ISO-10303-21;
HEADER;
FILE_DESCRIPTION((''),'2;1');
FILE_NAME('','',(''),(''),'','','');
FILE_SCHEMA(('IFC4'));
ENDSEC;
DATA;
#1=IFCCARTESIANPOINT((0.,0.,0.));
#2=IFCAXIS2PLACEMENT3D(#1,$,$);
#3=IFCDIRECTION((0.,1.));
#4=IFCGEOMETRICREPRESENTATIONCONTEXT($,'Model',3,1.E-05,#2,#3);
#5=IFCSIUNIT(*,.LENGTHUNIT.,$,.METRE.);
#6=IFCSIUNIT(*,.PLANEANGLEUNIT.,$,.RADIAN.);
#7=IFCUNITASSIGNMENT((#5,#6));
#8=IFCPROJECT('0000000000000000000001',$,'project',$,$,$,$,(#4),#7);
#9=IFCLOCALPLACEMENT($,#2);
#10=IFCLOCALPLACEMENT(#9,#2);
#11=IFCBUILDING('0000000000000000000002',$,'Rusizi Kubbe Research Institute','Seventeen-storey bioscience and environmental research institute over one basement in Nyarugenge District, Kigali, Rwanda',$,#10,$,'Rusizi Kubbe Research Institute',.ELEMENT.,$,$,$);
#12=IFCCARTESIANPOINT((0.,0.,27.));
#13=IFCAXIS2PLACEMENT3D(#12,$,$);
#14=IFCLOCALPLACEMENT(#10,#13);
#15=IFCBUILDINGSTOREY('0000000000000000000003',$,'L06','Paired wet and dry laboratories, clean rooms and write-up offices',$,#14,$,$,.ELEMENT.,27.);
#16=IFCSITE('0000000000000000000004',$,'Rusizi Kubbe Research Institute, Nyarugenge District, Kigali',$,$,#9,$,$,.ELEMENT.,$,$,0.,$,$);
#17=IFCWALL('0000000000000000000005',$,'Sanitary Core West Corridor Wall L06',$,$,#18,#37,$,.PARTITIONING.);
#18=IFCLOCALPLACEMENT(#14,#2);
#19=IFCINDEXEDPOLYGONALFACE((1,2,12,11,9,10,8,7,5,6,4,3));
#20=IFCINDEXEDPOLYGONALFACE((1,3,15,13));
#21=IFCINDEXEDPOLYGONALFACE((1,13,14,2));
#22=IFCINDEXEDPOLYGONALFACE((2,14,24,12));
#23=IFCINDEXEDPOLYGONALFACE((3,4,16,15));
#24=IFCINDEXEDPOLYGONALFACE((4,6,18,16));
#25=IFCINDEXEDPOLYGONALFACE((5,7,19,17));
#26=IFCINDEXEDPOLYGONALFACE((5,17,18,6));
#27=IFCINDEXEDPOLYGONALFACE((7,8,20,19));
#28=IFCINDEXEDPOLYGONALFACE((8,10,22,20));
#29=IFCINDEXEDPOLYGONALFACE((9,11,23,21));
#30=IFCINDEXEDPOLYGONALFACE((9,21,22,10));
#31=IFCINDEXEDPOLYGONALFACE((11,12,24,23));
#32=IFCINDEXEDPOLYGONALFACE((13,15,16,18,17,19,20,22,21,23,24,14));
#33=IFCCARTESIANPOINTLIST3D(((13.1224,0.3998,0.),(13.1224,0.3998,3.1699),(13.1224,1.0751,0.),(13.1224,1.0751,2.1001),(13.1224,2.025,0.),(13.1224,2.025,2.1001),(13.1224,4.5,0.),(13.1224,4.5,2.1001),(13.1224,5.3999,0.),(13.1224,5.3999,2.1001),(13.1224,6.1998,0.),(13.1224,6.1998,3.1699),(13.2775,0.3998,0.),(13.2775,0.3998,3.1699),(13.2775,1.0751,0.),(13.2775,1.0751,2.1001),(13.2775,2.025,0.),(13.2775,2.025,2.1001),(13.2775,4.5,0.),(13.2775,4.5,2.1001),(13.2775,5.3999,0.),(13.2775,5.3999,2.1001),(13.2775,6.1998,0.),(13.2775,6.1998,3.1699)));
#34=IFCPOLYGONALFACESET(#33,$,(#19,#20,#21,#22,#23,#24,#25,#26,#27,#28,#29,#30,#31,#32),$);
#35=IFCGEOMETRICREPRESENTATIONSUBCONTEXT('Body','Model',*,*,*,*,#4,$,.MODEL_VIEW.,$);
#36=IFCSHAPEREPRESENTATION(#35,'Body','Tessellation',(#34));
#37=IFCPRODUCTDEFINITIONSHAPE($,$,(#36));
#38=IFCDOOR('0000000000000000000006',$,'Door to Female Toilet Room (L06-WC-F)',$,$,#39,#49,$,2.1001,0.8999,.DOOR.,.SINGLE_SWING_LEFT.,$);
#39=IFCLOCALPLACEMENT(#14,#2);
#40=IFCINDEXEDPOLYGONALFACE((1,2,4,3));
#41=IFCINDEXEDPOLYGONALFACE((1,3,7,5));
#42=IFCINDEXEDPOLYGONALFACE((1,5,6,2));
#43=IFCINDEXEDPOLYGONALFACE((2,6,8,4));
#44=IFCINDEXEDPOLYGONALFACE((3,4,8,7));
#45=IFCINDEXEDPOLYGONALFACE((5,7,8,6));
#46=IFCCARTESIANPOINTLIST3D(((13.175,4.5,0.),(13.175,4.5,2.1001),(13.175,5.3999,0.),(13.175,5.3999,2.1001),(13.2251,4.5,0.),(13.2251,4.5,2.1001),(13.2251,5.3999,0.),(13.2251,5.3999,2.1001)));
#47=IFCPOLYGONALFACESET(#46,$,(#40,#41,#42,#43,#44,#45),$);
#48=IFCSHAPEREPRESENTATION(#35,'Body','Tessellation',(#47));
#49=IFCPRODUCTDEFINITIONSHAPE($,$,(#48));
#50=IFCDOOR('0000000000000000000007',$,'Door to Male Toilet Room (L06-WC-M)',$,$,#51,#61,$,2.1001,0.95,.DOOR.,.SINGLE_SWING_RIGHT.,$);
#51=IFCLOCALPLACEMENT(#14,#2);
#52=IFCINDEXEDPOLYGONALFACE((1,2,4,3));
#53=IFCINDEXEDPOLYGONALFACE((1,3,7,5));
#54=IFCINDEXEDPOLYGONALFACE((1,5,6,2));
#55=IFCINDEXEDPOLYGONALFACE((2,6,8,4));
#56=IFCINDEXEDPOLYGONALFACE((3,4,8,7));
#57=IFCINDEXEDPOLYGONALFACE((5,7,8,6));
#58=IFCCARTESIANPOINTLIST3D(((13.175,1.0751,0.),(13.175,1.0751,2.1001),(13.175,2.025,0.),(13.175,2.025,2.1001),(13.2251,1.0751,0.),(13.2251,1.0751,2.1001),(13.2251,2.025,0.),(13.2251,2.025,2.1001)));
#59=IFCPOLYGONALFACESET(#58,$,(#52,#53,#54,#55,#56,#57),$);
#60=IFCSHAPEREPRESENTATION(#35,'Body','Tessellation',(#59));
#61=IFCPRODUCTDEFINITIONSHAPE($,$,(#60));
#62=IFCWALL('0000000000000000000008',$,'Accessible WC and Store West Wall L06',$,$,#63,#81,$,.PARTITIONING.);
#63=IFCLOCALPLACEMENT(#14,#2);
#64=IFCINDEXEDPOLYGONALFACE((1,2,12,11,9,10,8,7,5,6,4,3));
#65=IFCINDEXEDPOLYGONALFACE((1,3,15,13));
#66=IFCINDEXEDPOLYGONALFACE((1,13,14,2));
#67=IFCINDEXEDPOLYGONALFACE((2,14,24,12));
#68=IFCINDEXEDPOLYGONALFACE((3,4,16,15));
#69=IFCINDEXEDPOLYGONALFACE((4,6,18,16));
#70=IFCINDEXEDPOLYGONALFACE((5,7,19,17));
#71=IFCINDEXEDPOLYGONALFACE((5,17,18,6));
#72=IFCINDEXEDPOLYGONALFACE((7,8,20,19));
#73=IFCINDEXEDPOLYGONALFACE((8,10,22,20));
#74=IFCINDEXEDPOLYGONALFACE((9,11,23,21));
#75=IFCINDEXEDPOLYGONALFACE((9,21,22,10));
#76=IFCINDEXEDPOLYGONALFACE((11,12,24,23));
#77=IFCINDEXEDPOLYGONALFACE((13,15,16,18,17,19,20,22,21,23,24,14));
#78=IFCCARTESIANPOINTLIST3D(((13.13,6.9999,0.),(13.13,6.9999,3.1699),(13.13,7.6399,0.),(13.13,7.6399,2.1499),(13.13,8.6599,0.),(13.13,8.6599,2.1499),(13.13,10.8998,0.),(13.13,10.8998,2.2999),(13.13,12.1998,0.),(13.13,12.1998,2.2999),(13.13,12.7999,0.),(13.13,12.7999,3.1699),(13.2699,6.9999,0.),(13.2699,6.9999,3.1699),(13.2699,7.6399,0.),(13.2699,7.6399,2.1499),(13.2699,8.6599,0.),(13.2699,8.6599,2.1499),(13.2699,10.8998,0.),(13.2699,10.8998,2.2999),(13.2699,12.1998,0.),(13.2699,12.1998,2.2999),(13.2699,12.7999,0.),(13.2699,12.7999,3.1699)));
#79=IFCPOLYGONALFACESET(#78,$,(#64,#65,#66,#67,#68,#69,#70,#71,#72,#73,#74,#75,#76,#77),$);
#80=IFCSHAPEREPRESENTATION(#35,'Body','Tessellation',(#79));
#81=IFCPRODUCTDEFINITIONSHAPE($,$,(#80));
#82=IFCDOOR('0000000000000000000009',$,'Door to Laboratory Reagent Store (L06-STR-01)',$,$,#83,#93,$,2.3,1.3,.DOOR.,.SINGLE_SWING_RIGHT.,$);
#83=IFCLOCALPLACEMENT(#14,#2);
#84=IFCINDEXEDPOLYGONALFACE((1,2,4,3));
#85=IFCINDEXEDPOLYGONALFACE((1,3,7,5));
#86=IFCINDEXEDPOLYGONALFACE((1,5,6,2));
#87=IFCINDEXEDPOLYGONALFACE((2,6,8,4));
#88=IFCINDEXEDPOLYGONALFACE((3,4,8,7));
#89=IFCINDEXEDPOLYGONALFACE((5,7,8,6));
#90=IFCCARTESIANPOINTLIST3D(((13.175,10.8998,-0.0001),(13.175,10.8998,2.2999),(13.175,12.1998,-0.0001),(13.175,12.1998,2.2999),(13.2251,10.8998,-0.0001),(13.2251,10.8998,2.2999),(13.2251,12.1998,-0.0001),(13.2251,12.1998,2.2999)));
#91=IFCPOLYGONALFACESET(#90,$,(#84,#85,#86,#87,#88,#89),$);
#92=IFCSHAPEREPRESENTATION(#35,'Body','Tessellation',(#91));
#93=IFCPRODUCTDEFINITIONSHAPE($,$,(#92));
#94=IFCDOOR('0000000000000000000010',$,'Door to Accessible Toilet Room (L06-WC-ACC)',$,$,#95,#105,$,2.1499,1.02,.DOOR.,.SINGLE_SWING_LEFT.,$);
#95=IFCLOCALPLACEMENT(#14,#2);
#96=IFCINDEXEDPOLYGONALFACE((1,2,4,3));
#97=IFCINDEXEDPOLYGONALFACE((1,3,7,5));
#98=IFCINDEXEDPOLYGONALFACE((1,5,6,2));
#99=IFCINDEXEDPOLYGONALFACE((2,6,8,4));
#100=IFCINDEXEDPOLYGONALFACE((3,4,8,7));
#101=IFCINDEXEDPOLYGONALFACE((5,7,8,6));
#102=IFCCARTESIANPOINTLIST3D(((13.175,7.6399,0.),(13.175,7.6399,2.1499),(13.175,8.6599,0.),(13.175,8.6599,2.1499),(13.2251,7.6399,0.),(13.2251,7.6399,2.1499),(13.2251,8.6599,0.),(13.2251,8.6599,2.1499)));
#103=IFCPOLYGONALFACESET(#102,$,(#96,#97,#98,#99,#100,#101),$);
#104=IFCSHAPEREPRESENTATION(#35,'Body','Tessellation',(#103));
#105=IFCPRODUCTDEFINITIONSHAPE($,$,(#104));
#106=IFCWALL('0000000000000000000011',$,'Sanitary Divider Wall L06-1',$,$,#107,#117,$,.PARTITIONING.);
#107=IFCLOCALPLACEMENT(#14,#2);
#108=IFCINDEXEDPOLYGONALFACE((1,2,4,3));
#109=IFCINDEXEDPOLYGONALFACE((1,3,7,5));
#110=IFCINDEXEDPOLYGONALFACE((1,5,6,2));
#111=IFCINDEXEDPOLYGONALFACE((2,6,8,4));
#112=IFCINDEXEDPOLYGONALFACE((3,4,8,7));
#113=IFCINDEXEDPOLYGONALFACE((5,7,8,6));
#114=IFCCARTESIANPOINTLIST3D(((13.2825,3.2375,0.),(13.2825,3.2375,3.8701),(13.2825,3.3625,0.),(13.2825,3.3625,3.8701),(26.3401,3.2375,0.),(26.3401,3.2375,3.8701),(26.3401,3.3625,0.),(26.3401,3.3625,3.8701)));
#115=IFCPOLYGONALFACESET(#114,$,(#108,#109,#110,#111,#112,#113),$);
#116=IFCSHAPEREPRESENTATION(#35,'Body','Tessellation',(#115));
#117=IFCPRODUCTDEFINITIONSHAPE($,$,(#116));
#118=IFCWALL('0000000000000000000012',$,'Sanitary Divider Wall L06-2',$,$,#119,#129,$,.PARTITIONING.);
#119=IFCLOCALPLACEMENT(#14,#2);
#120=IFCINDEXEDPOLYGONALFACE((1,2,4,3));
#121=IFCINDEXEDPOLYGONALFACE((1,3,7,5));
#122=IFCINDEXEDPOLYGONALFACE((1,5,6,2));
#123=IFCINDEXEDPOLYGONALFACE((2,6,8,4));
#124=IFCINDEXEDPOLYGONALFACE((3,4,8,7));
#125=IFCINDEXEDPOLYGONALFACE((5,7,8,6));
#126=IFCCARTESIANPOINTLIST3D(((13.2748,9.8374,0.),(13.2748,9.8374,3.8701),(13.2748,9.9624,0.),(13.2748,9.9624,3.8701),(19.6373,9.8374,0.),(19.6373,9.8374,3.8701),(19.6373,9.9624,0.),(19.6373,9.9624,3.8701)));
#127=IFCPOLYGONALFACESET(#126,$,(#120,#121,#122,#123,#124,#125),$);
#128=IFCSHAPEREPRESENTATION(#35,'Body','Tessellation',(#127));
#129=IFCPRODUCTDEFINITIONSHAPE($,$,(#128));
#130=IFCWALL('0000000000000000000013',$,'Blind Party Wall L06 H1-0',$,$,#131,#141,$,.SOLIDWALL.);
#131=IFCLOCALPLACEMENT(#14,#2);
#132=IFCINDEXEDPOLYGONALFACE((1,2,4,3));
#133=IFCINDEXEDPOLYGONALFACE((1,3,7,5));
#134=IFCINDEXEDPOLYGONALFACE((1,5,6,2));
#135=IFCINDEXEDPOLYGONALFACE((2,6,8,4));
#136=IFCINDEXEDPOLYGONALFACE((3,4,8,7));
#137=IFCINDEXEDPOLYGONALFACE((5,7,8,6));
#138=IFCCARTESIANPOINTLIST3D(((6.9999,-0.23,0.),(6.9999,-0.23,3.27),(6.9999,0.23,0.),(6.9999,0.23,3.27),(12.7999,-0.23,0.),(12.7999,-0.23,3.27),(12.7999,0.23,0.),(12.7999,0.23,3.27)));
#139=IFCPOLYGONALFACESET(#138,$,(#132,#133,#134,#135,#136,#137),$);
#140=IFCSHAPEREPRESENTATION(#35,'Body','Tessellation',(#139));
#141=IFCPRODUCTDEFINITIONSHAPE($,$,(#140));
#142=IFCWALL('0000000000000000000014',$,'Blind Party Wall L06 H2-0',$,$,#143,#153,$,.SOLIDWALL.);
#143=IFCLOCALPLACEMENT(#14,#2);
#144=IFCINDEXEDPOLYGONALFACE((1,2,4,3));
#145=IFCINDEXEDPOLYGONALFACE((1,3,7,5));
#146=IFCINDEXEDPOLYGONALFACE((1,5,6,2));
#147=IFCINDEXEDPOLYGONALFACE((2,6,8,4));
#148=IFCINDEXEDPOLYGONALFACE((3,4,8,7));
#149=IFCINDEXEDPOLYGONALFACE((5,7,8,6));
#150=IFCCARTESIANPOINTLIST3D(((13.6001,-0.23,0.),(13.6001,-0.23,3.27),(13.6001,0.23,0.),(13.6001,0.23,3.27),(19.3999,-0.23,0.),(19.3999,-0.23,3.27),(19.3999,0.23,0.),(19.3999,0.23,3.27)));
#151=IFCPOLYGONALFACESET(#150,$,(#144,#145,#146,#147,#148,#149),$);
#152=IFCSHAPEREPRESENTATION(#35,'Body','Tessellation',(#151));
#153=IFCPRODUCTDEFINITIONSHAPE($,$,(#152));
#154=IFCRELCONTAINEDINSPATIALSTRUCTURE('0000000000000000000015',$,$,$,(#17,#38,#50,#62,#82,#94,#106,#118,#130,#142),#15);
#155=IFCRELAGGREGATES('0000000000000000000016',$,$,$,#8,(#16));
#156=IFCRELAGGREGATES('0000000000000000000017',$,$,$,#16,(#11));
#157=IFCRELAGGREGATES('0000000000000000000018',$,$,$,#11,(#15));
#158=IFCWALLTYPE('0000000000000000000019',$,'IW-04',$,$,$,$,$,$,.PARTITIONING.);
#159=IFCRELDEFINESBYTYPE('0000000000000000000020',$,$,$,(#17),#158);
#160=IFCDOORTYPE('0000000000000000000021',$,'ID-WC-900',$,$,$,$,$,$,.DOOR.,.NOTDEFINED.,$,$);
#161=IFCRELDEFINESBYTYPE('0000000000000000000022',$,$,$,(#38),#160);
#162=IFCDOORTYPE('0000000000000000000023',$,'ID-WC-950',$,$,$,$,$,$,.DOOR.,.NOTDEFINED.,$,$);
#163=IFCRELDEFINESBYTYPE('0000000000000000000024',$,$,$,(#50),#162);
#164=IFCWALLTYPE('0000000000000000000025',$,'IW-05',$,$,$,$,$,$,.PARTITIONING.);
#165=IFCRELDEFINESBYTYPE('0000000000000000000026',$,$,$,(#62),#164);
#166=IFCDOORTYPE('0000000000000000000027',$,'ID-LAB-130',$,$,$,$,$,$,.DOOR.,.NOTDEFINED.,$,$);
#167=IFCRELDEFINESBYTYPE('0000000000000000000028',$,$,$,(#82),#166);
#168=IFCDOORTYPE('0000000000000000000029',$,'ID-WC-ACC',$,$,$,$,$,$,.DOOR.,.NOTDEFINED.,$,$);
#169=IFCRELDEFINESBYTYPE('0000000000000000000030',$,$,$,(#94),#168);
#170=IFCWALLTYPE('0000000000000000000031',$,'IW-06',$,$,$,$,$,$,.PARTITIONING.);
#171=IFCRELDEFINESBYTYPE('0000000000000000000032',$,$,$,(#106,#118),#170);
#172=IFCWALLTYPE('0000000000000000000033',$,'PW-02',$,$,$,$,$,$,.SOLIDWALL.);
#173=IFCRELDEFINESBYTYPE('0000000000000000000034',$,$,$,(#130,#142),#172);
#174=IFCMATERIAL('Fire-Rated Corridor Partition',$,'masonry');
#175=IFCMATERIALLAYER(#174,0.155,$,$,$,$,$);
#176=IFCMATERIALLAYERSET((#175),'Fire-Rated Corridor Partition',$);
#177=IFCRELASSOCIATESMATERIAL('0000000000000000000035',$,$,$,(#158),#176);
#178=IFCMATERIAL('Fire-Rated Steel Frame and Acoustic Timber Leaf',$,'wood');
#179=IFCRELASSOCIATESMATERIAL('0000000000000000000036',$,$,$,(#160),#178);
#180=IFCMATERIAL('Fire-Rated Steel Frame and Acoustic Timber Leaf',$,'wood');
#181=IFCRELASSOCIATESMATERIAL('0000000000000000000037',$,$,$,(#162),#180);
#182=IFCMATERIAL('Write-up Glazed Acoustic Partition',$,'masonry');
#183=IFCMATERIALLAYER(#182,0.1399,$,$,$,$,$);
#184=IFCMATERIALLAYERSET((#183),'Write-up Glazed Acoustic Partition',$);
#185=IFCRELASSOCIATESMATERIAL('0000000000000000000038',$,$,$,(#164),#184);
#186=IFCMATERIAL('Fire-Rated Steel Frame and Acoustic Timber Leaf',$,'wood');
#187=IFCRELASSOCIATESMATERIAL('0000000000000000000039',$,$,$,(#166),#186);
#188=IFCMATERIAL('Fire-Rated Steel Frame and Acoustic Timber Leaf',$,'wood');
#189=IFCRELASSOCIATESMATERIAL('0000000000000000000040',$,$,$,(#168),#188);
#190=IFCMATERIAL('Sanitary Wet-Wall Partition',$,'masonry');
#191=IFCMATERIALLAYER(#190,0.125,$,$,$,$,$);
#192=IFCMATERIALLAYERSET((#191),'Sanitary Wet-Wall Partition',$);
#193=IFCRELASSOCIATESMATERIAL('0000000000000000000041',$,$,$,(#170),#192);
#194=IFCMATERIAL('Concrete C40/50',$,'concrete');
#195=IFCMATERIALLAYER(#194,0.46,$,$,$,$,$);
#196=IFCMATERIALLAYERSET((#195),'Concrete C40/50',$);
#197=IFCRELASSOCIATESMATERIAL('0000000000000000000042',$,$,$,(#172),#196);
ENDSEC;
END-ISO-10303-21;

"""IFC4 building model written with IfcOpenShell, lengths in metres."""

from ifc_helpers import new_model, si_unit, direction, frame, frame_2d, origin, place, context, subcontext, project, spatial, rectangle, extrude, material, layer, layer_set, type_object, element, fill, save


model = new_model("IFC4")

# Units and contexts
model_context = context("Model", 3, precision=1e-05, world=origin(), true_north=direction((0.0, 1.0)))
body_context = subcontext(model_context, "Body", "Model", "MODEL_VIEW")
ifc_project = project(units=[si_unit("LENGTHUNIT", "METRE"), si_unit("PLANEANGLEUNIT", "RADIAN")], contexts=[model_context])

# Site, building, storey
site_placement = place(None, origin())
site = spatial("IfcSite", under=ifc_project, at=site_placement, Name="Rusizi Kubbe Research Institute, Nyarugenge District, Kigali", CompositionType="ELEMENT", RefElevation=0.0)
building_placement = place(site_placement, origin())
building = spatial("IfcBuilding", under=site, at=building_placement, Name="Rusizi Kubbe Research Institute", Description="Seventeen-storey bioscience and environmental research institute over one basement in Nyarugenge District, Kigali, Rwanda", LongName="Rusizi Kubbe Research Institute", CompositionType="ELEMENT")
storey_placement = place(building_placement, frame((0.0, 0.0, 27.0)))
storey = spatial("IfcBuildingStorey", under=building, at=storey_placement, Name="L06", Description="Paired wet and dry laboratories, clean rooms and write-up offices", CompositionType="ELEMENT", Elevation=27.0)

# Walls, openings, doors
ifc_material_1 = material(Name="Fire-Rated Corridor Partition", Category="masonry")
ifc_layer_1 = layer(ifc_material_1, 0.155)
ifc_layer_set_1 = layer_set([ifc_layer_1], Name="Fire-Rated Corridor Partition")
wall_type_1 = type_object("IfcWallType", Name="IW-04", PredefinedType="PARTITIONING", material=ifc_layer_set_1)
wall_1_placement = place(storey_placement, frame((13.2, 0.3999, 0.0), z_axis=(0.0, 0.0, 1.0), x_axis=(0.0, 1.0, 0.0)))
wall_1 = element("IfcWall", 1, at=wall_1_placement, inside=storey, type_object=wall_type_1, Name="Sanitary Core West Corridor Wall L06", PredefinedType="PARTITIONING", context=body_context, shape_type="SweptSolid", body=[
    extrude(rectangle(XDim=5.8, YDim=0.155, at=frame_2d((2.8999, 0.0))), origin(), (0.0, 0.0, 1.0), 3.1699),
])
opening_1_placement = place(wall_1_placement, frame((0.675, 0.0, 0.0)))
opening_1 = element("IfcOpeningElement", 2, at=opening_1_placement, cuts=wall_1, PredefinedType="OPENING", context=body_context, shape_type="SweptSolid", body=[
    extrude(rectangle(XDim=0.95, YDim=2.1001, at=frame_2d((0.4751, 1.05))), frame((0.0, 0.0874, 0.0), z_axis=(0.0, -1.0, 0.0), x_axis=(1.0, 0.0, 0.0)), (0.0, 0.0, 1.0), 0.175),
])
opening_2_placement = place(wall_1_placement, frame((4.1001, 0.0, 0.0)))
opening_2 = element("IfcOpeningElement", 3, at=opening_2_placement, cuts=wall_1, PredefinedType="OPENING", context=body_context, shape_type="SweptSolid", body=[
    extrude(rectangle(XDim=0.8999, YDim=2.1001, at=frame_2d((0.45, 1.05))), frame((0.0, 0.0874, 0.0), z_axis=(0.0, -1.0, 0.0), x_axis=(1.0, 0.0, 0.0)), (0.0, 0.0, 1.0), 0.175),
])
ifc_material_2 = material(Name="Fire-Rated Steel Frame and Acoustic Timber Leaf", Category="wood")
door_type_1 = type_object("IfcDoorType", Name="ID-WC-900", OperationType="NOTDEFINED", PredefinedType="DOOR", material=ifc_material_2)
door_1_placement = place(opening_2_placement, origin())
door_1 = element("IfcDoor", 4, at=door_1_placement, inside=storey, type_object=door_type_1, Name="Door to Female Toilet Room (L06-WC-F)", OperationType="SINGLE_SWING_LEFT", OverallHeight=2.1001, OverallWidth=0.8999, PredefinedType="DOOR", context=body_context, shape_type="SweptSolid", body=[
    extrude(rectangle(XDim=0.8999, YDim=2.1001, at=frame_2d((0.45, 1.05))), frame((0.0, 0.0249, 0.0), z_axis=(0.0, -1.0, 0.0), x_axis=(1.0, 0.0, 0.0)), (0.0, 0.0, 1.0), 0.05),
])
fill(opening_2, door_1)
ifc_material_3 = material(Name="Fire-Rated Steel Frame and Acoustic Timber Leaf", Category="wood")
door_type_2 = type_object("IfcDoorType", Name="ID-WC-950", OperationType="NOTDEFINED", PredefinedType="DOOR", material=ifc_material_3)
door_2_placement = place(opening_1_placement, origin())
door_2 = element("IfcDoor", 5, at=door_2_placement, inside=storey, type_object=door_type_2, Name="Door to Male Toilet Room (L06-WC-M)", OperationType="SINGLE_SWING_RIGHT", OverallHeight=2.1001, OverallWidth=0.95, PredefinedType="DOOR", context=body_context, shape_type="SweptSolid", body=[
    extrude(rectangle(XDim=0.95, YDim=2.1001, at=frame_2d((0.4751, 1.05))), frame((0.0, 0.0249, 0.0), z_axis=(0.0, -1.0, 0.0), x_axis=(1.0, 0.0, 0.0)), (0.0, 0.0, 1.0), 0.05),
])
fill(opening_1, door_2)
ifc_material_4 = material(Name="Write-up Glazed Acoustic Partition", Category="masonry")
ifc_layer_2 = layer(ifc_material_4, 0.1399)
ifc_layer_set_2 = layer_set([ifc_layer_2], Name="Write-up Glazed Acoustic Partition")
wall_type_2 = type_object("IfcWallType", Name="IW-05", PredefinedType="PARTITIONING", material=ifc_layer_set_2)
wall_2_placement = place(storey_placement, frame((13.2, 7.0, 0.0), z_axis=(0.0, 0.0, 1.0), x_axis=(0.0, 1.0, 0.0)))
wall_2 = element("IfcWall", 6, at=wall_2_placement, inside=storey, type_object=wall_type_2, Name="Accessible WC and Store West Wall L06", PredefinedType="PARTITIONING", context=body_context, shape_type="SweptSolid", body=[
    extrude(rectangle(XDim=5.8, YDim=0.1399, at=frame_2d((2.8999, 0.0))), origin(), (0.0, 0.0, 1.0), 3.1699),
])
opening_3_placement = place(wall_2_placement, frame((0.6399, 0.0, 0.0)))
opening_3 = element("IfcOpeningElement", 7, at=opening_3_placement, cuts=wall_2, PredefinedType="OPENING", context=body_context, shape_type="SweptSolid", body=[
    extrude(rectangle(XDim=1.02, YDim=2.1499, at=frame_2d((0.51, 1.075))), frame((0.0, 0.0798, 0.0), z_axis=(0.0, -1.0, 0.0), x_axis=(1.0, 0.0, 0.0)), (0.0, 0.0, 1.0), 0.1599),
])
opening_4_placement = place(wall_2_placement, frame((3.8999, 0.0, 0.0)))
opening_4 = element("IfcOpeningElement", 8, at=opening_4_placement, cuts=wall_2, PredefinedType="OPENING", context=body_context, shape_type="SweptSolid", body=[
    extrude(rectangle(XDim=1.3, YDim=2.3, at=frame_2d((0.6499, 1.1499))), frame((0.0, 0.0798, 0.0), z_axis=(0.0, -1.0, 0.0), x_axis=(1.0, 0.0, 0.0)), (0.0, 0.0, 1.0), 0.1599),
])
ifc_material_5 = material(Name="Fire-Rated Steel Frame and Acoustic Timber Leaf", Category="wood")
door_type_3 = type_object("IfcDoorType", Name="ID-LAB-130", OperationType="NOTDEFINED", PredefinedType="DOOR", material=ifc_material_5)
door_3_placement = place(opening_4_placement, origin())
door_3 = element("IfcDoor", 9, at=door_3_placement, inside=storey, type_object=door_type_3, Name="Door to Laboratory Reagent Store (L06-STR-01)", OperationType="SINGLE_SWING_RIGHT", OverallHeight=2.3, OverallWidth=1.3, PredefinedType="DOOR", context=body_context, shape_type="SweptSolid", body=[
    extrude(rectangle(XDim=1.3, YDim=2.3, at=frame_2d((0.6499, 1.1499))), frame((0.0, 0.0249, 0.0), z_axis=(0.0, -1.0, 0.0), x_axis=(1.0, 0.0, 0.0)), (0.0, 0.0, 1.0), 0.05),
])
fill(opening_4, door_3)
ifc_material_6 = material(Name="Fire-Rated Steel Frame and Acoustic Timber Leaf", Category="wood")
door_type_4 = type_object("IfcDoorType", Name="ID-WC-ACC", OperationType="NOTDEFINED", PredefinedType="DOOR", material=ifc_material_6)
door_4_placement = place(opening_3_placement, origin())
door_4 = element("IfcDoor", 10, at=door_4_placement, inside=storey, type_object=door_type_4, Name="Door to Accessible Toilet Room (L06-WC-ACC)", OperationType="SINGLE_SWING_LEFT", OverallHeight=2.1499, OverallWidth=1.02, PredefinedType="DOOR", context=body_context, shape_type="SweptSolid", body=[
    extrude(rectangle(XDim=1.02, YDim=2.1499, at=frame_2d((0.51, 1.075))), frame((0.0, 0.0249, 0.0), z_axis=(0.0, -1.0, 0.0), x_axis=(1.0, 0.0, 0.0)), (0.0, 0.0, 1.0), 0.05),
])
fill(opening_3, door_4)

# Walls
ifc_material_7 = material(Name="Sanitary Wet-Wall Partition", Category="masonry")
ifc_layer_3 = layer(ifc_material_7, 0.125)
ifc_layer_set_3 = layer_set([ifc_layer_3], Name="Sanitary Wet-Wall Partition")
wall_type_3 = type_object("IfcWallType", Name="IW-06", PredefinedType="PARTITIONING", material=ifc_layer_set_3)
wall_3_placement = place(storey_placement, frame((13.2825, 3.3, 0.0), z_axis=(0.0, 0.0, 1.0), x_axis=(1.0, 0.0, 0.0)))
element("IfcWall", 11, at=wall_3_placement, inside=storey, type_object=wall_type_3, Name="Sanitary Divider Wall L06-1", PredefinedType="PARTITIONING", context=body_context, shape_type="SweptSolid", body=[
    extrude(rectangle(XDim=13.0576, YDim=0.125, at=frame_2d((6.5288, 0.0))), origin(), (0.0, 0.0, 1.0), 3.8701),
])
wall_4_placement = place(storey_placement, frame((13.2749, 9.8999, 0.0), z_axis=(0.0, 0.0, 1.0), x_axis=(1.0, 0.0, 0.0)))
element("IfcWall", 12, at=wall_4_placement, inside=storey, type_object=wall_type_3, Name="Sanitary Divider Wall L06-2", PredefinedType="PARTITIONING", context=body_context, shape_type="SweptSolid", body=[
    extrude(rectangle(XDim=6.3625, YDim=0.125, at=frame_2d((3.1812, 0.0))), origin(), (0.0, 0.0, 1.0), 3.8701),
])
ifc_material_8 = material(Name="Concrete C40/50", Category="concrete")
ifc_layer_4 = layer(ifc_material_8, 0.46)
ifc_layer_set_4 = layer_set([ifc_layer_4], Name="Concrete C40/50")
wall_type_4 = type_object("IfcWallType", Name="PW-02", PredefinedType="SOLIDWALL", material=ifc_layer_set_4)
wall_5_placement = place(storey_placement, frame((7.0, 0.0, 0.0), z_axis=(0.0, 0.0, 1.0), x_axis=(1.0, 0.0, 0.0)))
element("IfcWall", 13, at=wall_5_placement, inside=storey, type_object=wall_type_4, Name="Blind Party Wall L06 H1-0", PredefinedType="SOLIDWALL", context=body_context, shape_type="SweptSolid", body=[
    extrude(rectangle(XDim=5.8, YDim=0.46, at=frame_2d((2.8999, 0.0))), origin(), (0.0, 0.0, 1.0), 3.27),
])
wall_6_placement = place(storey_placement, frame((13.6001, 0.0, 0.0), z_axis=(0.0, 0.0, 1.0), x_axis=(1.0, 0.0, 0.0)))
element("IfcWall", 14, at=wall_6_placement, inside=storey, type_object=wall_type_4, Name="Blind Party Wall L06 H2-0", PredefinedType="SOLIDWALL", context=body_context, shape_type="SweptSolid", body=[
    extrude(rectangle(XDim=5.7998, YDim=0.46, at=frame_2d((2.8999, 0.0))), origin(), (0.0, 0.0, 1.0), 3.27),
])

save(model, "model.ifc")
